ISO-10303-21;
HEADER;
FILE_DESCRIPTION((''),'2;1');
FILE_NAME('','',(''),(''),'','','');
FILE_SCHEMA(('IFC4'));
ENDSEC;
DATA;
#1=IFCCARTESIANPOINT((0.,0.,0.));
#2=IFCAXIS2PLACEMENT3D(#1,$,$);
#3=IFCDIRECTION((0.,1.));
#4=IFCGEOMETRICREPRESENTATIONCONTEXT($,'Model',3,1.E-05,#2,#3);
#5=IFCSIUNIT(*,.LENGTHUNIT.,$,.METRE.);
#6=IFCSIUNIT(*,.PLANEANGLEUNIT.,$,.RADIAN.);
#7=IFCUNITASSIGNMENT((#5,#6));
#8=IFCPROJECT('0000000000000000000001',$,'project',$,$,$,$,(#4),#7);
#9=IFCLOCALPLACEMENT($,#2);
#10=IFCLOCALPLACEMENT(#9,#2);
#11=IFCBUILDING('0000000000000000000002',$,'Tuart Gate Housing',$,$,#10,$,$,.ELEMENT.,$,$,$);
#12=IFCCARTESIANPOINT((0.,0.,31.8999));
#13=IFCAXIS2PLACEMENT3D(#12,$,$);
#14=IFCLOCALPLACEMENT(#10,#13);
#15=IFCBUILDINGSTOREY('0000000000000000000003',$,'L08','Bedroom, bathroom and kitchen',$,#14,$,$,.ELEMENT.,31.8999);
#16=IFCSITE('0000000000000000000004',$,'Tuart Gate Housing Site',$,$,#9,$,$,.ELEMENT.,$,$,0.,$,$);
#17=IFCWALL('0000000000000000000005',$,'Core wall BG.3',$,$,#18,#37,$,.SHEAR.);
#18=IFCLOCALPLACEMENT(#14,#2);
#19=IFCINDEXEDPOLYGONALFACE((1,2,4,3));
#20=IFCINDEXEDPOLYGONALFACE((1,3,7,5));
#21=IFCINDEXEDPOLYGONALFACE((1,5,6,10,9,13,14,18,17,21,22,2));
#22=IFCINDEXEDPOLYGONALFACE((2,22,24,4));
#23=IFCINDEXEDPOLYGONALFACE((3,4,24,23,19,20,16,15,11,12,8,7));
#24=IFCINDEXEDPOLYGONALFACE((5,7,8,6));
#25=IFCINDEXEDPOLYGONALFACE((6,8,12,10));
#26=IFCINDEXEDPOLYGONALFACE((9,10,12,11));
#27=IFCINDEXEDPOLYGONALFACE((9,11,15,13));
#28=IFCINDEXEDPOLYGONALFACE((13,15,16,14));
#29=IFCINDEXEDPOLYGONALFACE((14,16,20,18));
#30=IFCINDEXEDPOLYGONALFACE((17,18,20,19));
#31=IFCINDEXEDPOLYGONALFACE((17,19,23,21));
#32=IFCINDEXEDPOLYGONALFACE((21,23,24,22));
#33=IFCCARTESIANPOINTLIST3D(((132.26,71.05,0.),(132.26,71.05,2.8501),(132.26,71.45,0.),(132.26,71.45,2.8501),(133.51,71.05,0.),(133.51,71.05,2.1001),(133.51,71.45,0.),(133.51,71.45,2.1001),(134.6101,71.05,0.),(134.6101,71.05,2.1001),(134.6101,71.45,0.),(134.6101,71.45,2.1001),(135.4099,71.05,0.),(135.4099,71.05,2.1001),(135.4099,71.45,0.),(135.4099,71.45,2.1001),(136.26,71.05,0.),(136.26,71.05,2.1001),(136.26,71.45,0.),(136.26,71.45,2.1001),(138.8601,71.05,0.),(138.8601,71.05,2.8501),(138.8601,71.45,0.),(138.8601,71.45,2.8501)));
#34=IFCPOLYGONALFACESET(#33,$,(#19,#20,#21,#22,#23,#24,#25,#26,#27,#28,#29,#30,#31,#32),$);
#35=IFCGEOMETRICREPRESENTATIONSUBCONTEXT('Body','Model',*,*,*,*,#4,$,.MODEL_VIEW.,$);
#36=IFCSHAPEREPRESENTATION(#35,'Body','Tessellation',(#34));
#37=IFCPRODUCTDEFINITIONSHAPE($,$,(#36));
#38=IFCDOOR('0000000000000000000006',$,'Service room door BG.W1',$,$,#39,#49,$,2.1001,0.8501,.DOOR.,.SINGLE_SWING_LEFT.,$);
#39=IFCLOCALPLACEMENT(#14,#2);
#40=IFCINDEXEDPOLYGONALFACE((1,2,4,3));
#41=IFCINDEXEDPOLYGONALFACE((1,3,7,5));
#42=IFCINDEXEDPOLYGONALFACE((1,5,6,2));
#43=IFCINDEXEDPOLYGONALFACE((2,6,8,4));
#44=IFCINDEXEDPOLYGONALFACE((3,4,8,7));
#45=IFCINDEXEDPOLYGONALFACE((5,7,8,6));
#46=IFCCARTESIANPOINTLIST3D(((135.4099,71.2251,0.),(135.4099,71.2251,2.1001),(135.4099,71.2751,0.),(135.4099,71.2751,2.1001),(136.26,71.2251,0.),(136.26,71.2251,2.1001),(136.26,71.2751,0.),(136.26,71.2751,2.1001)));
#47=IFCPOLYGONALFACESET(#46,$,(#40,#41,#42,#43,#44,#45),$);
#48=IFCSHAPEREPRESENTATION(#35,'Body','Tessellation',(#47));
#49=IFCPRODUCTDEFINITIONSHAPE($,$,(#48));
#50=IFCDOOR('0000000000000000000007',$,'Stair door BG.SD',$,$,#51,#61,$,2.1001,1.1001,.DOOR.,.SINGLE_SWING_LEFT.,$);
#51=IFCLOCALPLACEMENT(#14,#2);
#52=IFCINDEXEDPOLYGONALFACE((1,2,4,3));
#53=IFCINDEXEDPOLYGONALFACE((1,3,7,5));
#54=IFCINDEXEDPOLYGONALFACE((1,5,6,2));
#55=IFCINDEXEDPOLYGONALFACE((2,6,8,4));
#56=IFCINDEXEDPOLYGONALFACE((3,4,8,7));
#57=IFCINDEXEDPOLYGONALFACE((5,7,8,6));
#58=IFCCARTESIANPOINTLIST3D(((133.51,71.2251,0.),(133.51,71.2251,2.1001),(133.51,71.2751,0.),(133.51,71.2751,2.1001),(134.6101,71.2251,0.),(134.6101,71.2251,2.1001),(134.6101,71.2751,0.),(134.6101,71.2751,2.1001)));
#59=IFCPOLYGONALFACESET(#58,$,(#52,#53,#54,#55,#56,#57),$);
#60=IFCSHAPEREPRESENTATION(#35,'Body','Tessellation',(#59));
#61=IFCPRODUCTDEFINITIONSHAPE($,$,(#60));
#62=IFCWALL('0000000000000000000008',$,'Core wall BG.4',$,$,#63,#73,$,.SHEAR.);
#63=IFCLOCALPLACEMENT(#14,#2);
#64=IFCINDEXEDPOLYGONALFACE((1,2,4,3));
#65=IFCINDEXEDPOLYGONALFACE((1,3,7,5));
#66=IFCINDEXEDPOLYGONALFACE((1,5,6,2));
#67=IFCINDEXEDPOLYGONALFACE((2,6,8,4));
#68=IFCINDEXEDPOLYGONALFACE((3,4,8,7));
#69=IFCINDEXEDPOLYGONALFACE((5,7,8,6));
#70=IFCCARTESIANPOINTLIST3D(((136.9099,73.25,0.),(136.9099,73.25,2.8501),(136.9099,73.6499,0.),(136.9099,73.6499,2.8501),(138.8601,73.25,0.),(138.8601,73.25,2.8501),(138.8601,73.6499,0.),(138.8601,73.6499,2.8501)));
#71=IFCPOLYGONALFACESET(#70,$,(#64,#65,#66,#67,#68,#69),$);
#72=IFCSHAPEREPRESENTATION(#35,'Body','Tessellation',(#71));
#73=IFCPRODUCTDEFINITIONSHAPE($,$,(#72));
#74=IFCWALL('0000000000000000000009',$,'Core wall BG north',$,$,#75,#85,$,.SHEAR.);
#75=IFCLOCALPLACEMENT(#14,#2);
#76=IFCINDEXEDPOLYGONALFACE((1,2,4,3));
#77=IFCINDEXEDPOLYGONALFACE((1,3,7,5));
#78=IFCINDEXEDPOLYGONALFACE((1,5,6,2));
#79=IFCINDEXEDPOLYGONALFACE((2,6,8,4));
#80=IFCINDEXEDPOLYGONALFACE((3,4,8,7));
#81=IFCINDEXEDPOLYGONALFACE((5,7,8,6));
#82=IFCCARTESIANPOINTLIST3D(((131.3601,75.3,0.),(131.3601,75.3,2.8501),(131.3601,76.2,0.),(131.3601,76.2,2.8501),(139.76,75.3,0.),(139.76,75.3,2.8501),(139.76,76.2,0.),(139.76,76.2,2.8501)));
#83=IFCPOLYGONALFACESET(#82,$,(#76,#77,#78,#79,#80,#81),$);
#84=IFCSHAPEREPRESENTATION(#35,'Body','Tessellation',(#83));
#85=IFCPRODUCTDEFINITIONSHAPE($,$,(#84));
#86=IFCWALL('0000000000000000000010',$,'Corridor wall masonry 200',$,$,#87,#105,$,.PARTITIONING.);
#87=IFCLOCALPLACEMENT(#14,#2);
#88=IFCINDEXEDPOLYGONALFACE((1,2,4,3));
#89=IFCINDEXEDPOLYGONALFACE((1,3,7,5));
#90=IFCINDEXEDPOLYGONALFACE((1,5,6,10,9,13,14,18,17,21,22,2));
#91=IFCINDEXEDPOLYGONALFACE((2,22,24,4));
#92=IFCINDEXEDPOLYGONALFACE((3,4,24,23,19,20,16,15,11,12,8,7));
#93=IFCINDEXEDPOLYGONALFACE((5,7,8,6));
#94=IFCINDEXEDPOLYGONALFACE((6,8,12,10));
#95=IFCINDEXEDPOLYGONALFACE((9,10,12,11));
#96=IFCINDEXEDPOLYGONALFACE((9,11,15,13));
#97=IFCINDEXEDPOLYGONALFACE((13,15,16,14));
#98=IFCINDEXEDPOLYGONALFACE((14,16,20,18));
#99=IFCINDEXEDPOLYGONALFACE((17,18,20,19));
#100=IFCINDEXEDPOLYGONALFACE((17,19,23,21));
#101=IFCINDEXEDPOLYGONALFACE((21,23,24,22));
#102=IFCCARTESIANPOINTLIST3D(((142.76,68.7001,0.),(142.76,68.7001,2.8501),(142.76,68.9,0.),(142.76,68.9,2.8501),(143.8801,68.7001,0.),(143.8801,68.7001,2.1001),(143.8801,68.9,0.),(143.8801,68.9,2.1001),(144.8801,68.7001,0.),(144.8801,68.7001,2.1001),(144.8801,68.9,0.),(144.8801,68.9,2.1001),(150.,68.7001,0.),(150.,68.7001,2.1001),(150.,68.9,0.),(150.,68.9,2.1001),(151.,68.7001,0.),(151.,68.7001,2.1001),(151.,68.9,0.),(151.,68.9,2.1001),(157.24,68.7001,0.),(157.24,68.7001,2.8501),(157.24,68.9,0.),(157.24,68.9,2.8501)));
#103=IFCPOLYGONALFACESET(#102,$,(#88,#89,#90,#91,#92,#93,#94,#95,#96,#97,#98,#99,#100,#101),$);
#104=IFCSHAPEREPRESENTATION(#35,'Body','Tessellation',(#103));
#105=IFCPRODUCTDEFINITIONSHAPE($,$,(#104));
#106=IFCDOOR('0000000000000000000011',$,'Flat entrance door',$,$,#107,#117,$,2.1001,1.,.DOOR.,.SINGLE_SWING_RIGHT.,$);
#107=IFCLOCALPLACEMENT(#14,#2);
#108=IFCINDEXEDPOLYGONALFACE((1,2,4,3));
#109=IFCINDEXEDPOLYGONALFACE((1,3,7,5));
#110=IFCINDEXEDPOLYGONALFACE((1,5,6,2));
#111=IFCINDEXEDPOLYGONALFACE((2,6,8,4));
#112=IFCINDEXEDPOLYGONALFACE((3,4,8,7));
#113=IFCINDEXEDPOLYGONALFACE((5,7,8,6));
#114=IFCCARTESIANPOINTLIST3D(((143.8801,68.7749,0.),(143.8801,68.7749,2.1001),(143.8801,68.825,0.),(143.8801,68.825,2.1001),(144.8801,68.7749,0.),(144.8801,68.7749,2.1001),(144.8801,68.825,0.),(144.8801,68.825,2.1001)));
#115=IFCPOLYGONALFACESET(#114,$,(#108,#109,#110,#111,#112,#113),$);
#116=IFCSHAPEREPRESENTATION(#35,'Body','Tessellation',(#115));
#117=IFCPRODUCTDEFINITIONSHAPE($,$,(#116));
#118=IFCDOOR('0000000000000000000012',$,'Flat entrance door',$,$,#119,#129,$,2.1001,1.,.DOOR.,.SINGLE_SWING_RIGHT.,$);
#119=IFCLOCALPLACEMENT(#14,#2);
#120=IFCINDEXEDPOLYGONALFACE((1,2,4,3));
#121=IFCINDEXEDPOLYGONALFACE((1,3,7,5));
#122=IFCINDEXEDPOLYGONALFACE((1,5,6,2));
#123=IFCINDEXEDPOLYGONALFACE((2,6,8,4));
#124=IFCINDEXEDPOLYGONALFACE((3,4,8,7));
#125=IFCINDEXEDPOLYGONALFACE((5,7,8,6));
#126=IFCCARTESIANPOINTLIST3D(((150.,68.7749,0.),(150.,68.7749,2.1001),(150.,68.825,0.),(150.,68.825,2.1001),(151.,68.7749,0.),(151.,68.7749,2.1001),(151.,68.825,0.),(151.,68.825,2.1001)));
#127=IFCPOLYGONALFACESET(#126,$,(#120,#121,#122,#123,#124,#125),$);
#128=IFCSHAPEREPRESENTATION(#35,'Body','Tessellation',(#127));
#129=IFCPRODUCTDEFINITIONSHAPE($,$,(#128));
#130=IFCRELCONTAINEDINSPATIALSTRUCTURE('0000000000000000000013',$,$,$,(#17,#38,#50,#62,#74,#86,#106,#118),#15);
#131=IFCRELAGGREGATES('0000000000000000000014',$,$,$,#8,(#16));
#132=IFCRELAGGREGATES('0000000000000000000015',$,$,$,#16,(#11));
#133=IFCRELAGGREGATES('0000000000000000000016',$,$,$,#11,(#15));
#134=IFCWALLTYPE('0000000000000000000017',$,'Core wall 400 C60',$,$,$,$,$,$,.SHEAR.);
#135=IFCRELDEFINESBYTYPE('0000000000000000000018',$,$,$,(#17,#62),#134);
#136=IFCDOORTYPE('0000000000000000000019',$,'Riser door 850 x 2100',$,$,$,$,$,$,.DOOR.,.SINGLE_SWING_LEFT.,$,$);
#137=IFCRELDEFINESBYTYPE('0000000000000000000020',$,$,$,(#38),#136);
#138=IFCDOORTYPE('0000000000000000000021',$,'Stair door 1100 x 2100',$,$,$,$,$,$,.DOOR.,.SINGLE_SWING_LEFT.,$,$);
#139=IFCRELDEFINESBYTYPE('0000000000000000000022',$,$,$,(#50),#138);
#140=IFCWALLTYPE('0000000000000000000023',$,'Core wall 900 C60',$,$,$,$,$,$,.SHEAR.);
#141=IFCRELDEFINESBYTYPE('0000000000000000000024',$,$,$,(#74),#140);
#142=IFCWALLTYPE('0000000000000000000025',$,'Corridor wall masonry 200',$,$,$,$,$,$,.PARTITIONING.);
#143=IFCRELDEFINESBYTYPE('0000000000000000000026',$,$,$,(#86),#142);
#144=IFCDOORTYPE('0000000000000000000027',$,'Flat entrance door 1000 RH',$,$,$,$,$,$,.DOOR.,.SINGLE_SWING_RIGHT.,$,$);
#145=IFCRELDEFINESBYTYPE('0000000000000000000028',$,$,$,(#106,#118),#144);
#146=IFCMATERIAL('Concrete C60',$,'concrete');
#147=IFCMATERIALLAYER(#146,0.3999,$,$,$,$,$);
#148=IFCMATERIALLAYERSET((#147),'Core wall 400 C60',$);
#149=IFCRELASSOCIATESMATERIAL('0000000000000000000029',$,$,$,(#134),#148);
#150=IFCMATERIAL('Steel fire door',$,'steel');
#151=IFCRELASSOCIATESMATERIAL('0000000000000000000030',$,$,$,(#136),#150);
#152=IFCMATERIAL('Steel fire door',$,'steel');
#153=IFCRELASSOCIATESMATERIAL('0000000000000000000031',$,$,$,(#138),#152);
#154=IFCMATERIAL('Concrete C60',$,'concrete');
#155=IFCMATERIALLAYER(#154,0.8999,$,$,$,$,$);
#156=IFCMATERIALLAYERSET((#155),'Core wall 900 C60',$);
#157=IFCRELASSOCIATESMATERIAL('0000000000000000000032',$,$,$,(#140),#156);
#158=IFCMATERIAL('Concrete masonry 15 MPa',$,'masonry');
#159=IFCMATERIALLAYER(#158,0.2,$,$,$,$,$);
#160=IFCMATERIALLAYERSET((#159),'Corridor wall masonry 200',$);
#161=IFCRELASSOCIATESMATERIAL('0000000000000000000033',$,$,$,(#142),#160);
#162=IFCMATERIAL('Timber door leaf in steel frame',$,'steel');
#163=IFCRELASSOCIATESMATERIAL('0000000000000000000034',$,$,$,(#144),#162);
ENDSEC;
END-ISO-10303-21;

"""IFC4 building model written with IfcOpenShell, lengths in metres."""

from ifc_helpers import new_model, si_unit, direction, frame, frame_2d, origin, place, context, subcontext, project, spatial, rectangle, extrude, material, layer, layer_set, type_object, element, fill, save


model = new_model("IFC4")

# Units and contexts
model_context = context("Model", 3, precision=1e-05, world=origin(), true_north=direction((0.0, 1.0)))
body_context = subcontext(model_context, "Body", "Model", "MODEL_VIEW")
ifc_project = project(units=[si_unit("LENGTHUNIT", "METRE"), si_unit("PLANEANGLEUNIT", "RADIAN")], contexts=[model_context])

# Site, building, storey
site_placement = place(None, origin())
site = spatial("IfcSite", under=ifc_project, at=site_placement, Name="Tuart Gate Housing Site", CompositionType="ELEMENT", RefElevation=0.0)
building_placement = place(site_placement, origin())
building = spatial("IfcBuilding", under=site, at=building_placement, Name="Tuart Gate Housing", CompositionType="ELEMENT")
storey_placement = place(building_placement, frame((0.0, 0.0, 31.8999)))
storey = spatial("IfcBuildingStorey", under=building, at=storey_placement, Name="L08", Description="Bedroom, bathroom and kitchen", CompositionType="ELEMENT", Elevation=31.8999)

# Wall, openings, doors
ifc_material_1 = material(Name="Concrete C60", Category="concrete")
ifc_layer_1 = layer(ifc_material_1, 0.3999)
ifc_layer_set_1 = layer_set([ifc_layer_1], Name="Core wall 400 C60")
wall_type_1 = type_object("IfcWallType", Name="Core wall 400 C60", PredefinedType="SHEAR", material=ifc_layer_set_1)
wall_1_placement = place(storey_placement, frame((138.8601, 71.25, 0.0), z_axis=(0.0, 0.0, 1.0), x_axis=(-1.0, 0.0, 0.0)))
wall_1 = element("IfcWall", 1, at=wall_1_placement, inside=storey, type_object=wall_type_1, Name="Core wall BG.3", PredefinedType="SHEAR", context=body_context, shape_type="SweptSolid", body=[
    extrude(rectangle(XDim=6.6001, YDim=0.3999, at=frame_2d((3.3, 0.0))), origin(), (0.0, 0.0, 1.0), 2.8501),
])
opening_1_placement = place(wall_1_placement, frame((4.25, 0.0, 0.0)))
opening_1 = element("IfcOpeningElement", 2, at=opening_1_placement, cuts=wall_1, PredefinedType="OPENING", context=body_context, shape_type="SweptSolid", body=[
    extrude(rectangle(XDim=1.1001, YDim=2.1001, at=frame_2d((0.55, 1.05))), frame((0.0, 0.21, 0.0), z_axis=(0.0, -1.0, 0.0), x_axis=(1.0, 0.0, 0.0)), (0.0, 0.0, 1.0), 0.4199),
])
opening_2_placement = place(wall_1_placement, frame((2.6001, 0.0, 0.0)))
opening_2 = element("IfcOpeningElement", 3, at=opening_2_placement, cuts=wall_1, PredefinedType="OPENING", context=body_context, shape_type="SweptSolid", body=[
    extrude(rectangle(XDim=0.8501, YDim=2.1001, at=frame_2d((0.425, 1.05))), frame((0.0, 0.21, 0.0), z_axis=(0.0, -1.0, 0.0), x_axis=(1.0, 0.0, 0.0)), (0.0, 0.0, 1.0), 0.4199),
])
ifc_material_2 = material(Name="Steel fire door", Category="steel")
door_type_1 = type_object("IfcDoorType", Name="Riser door 850 x 2100", OperationType="SINGLE_SWING_LEFT", PredefinedType="DOOR", material=ifc_material_2)
door_1_placement = place(opening_2_placement, origin())
door_1 = element("IfcDoor", 4, at=door_1_placement, inside=storey, type_object=door_type_1, Name="Service room door BG.W1", OperationType="SINGLE_SWING_LEFT", OverallHeight=2.1001, OverallWidth=0.8501, PredefinedType="DOOR", context=body_context, shape_type="SweptSolid", body=[
    extrude(rectangle(XDim=0.8501, YDim=2.1001, at=frame_2d((0.425, 1.05))), frame((0.0, 0.0249, 0.0), z_axis=(0.0, -1.0, 0.0), x_axis=(1.0, 0.0, 0.0)), (0.0, 0.0, 1.0), 0.05),
])
fill(opening_2, door_1)
ifc_material_3 = material(Name="Steel fire door", Category="steel")
door_type_2 = type_object("IfcDoorType", Name="Stair door 1100 x 2100", OperationType="SINGLE_SWING_LEFT", PredefinedType="DOOR", material=ifc_material_3)
door_2_placement = place(opening_1_placement, origin())
door_2 = element("IfcDoor", 5, at=door_2_placement, inside=storey, type_object=door_type_2, Name="Stair door BG.SD", OperationType="SINGLE_SWING_LEFT", OverallHeight=2.1001, OverallWidth=1.1001, PredefinedType="DOOR", context=body_context, shape_type="SweptSolid", body=[
    extrude(rectangle(XDim=1.1001, YDim=2.1001, at=frame_2d((0.55, 1.05))), frame((0.0, 0.0249, 0.0), z_axis=(0.0, -1.0, 0.0), x_axis=(1.0, 0.0, 0.0)), (0.0, 0.0, 1.0), 0.05),
])
fill(opening_1, door_2)

# Walls
wall_2_placement = place(storey_placement, frame((138.8601, 73.45, 0.0), z_axis=(0.0, 0.0, 1.0), x_axis=(-1.0, 0.0, 0.0)))
element("IfcWall", 6, at=wall_2_placement, inside=storey, type_object=wall_type_1, Name="Core wall BG.4", PredefinedType="SHEAR", context=body_context, shape_type="SweptSolid", body=[
    extrude(rectangle(XDim=1.9502, YDim=0.3999, at=frame_2d((0.9751, 0.0))), origin(), (0.0, 0.0, 1.0), 2.8501),
])
ifc_material_4 = material(Name="Concrete C60", Category="concrete")
ifc_layer_2 = layer(ifc_material_4, 0.8999)
ifc_layer_set_2 = layer_set([ifc_layer_2], Name="Core wall 900 C60")
wall_type_2 = type_object("IfcWallType", Name="Core wall 900 C60", PredefinedType="SHEAR", material=ifc_layer_set_2)
wall_3_placement = place(storey_placement, frame((139.76, 75.75, 0.0), z_axis=(0.0, 0.0, 1.0), x_axis=(-1.0, 0.0, 0.0)))
element("IfcWall", 7, at=wall_3_placement, inside=storey, type_object=wall_type_2, Name="Core wall BG north", PredefinedType="SHEAR", context=body_context, shape_type="SweptSolid", body=[
    extrude(rectangle(XDim=8.3999, YDim=0.8999, at=frame_2d((4.2, 0.0))), origin(), (0.0, 0.0, 1.0), 2.8501),
])

# Wall, openings, doors
ifc_material_5 = material(Name="Concrete masonry 15 MPa", Category="masonry")
ifc_layer_3 = layer(ifc_material_5, 0.2)
ifc_layer_set_3 = layer_set([ifc_layer_3], Name="Corridor wall masonry 200")
wall_type_3 = type_object("IfcWallType", Name="Corridor wall masonry 200", PredefinedType="PARTITIONING", material=ifc_layer_set_3)
wall_4_placement = place(storey_placement, frame((142.76, 68.8, 0.0), z_axis=(0.0, 0.0, 1.0), x_axis=(1.0, 0.0, 0.0)))
wall_4 = element("IfcWall", 8, at=wall_4_placement, inside=storey, type_object=wall_type_3, Name="Corridor wall masonry 200", PredefinedType="PARTITIONING", context=body_context, shape_type="SweptSolid", body=[
    extrude(rectangle(XDim=14.48, YDim=0.2, at=frame_2d((7.24, 0.0))), origin(), (0.0, 0.0, 1.0), 2.8501),
])
opening_3_placement = place(wall_4_placement, frame((1.1201, 0.0, 0.0)))
opening_3 = element("IfcOpeningElement", 9, at=opening_3_placement, cuts=wall_4, PredefinedType="OPENING", context=body_context, shape_type="SweptSolid", body=[
    extrude(rectangle(XDim=1.0, YDim=2.1001, at=frame_2d((0.5, 1.05))), frame((0.0, 0.1099, 0.0), z_axis=(0.0, -1.0, 0.0), x_axis=(1.0, 0.0, 0.0)), (0.0, 0.0, 1.0), 0.22),
])
opening_4_placement = place(wall_4_placement, frame((7.24, 0.0, 0.0)))
opening_4 = element("IfcOpeningElement", 10, at=opening_4_placement, cuts=wall_4, PredefinedType="OPENING", context=body_context, shape_type="SweptSolid", body=[
    extrude(rectangle(XDim=1.0, YDim=2.1001, at=frame_2d((0.5, 1.05))), frame((0.0, 0.1099, 0.0), z_axis=(0.0, -1.0, 0.0), x_axis=(1.0, 0.0, 0.0)), (0.0, 0.0, 1.0), 0.22),
])
ifc_material_6 = material(Name="Timber door leaf in steel frame", Category="steel")
door_type_3 = type_object("IfcDoorType", Name="Flat entrance door 1000 RH", OperationType="SINGLE_SWING_RIGHT", PredefinedType="DOOR", material=ifc_material_6)
door_3_placement = place(opening_3_placement, frame((1.0, 0.0, 0.0), z_axis=(0.0, 0.0, 1.0), x_axis=(-1.0, 0.0, 0.0)))
door_3 = element("IfcDoor", 11, at=door_3_placement, inside=storey, type_object=door_type_3, Name="Flat entrance door", OperationType="SINGLE_SWING_RIGHT", OverallHeight=2.1001, OverallWidth=1.0, PredefinedType="DOOR", context=body_context, shape_type="SweptSolid", body=[
    extrude(rectangle(XDim=1.0, YDim=2.1001, at=frame_2d((0.5, 1.05))), frame((0.0, 0.0251, 0.0), z_axis=(0.0, -1.0, 0.0), x_axis=(1.0, 0.0, 0.0)), (0.0, 0.0, 1.0), 0.05),
])
fill(opening_3, door_3)
door_4_placement = place(opening_4_placement, frame((1.0, 0.0, 0.0), z_axis=(0.0, 0.0, 1.0), x_axis=(-1.0, 0.0, 0.0)))
door_4 = element("IfcDoor", 12, at=door_4_placement, inside=storey, type_object=door_type_3, Name="Flat entrance door", OperationType="SINGLE_SWING_RIGHT", OverallHeight=2.1001, OverallWidth=1.0, PredefinedType="DOOR", context=body_context, shape_type="SweptSolid", body=[
    extrude(rectangle(XDim=1.0, YDim=2.1001, at=frame_2d((0.5, 1.05))), frame((0.0, 0.0251, 0.0), z_axis=(0.0, -1.0, 0.0), x_axis=(1.0, 0.0, 0.0)), (0.0, 0.0, 1.0), 0.05),
])
fill(opening_4, door_4)

save(model, "model.ifc")
